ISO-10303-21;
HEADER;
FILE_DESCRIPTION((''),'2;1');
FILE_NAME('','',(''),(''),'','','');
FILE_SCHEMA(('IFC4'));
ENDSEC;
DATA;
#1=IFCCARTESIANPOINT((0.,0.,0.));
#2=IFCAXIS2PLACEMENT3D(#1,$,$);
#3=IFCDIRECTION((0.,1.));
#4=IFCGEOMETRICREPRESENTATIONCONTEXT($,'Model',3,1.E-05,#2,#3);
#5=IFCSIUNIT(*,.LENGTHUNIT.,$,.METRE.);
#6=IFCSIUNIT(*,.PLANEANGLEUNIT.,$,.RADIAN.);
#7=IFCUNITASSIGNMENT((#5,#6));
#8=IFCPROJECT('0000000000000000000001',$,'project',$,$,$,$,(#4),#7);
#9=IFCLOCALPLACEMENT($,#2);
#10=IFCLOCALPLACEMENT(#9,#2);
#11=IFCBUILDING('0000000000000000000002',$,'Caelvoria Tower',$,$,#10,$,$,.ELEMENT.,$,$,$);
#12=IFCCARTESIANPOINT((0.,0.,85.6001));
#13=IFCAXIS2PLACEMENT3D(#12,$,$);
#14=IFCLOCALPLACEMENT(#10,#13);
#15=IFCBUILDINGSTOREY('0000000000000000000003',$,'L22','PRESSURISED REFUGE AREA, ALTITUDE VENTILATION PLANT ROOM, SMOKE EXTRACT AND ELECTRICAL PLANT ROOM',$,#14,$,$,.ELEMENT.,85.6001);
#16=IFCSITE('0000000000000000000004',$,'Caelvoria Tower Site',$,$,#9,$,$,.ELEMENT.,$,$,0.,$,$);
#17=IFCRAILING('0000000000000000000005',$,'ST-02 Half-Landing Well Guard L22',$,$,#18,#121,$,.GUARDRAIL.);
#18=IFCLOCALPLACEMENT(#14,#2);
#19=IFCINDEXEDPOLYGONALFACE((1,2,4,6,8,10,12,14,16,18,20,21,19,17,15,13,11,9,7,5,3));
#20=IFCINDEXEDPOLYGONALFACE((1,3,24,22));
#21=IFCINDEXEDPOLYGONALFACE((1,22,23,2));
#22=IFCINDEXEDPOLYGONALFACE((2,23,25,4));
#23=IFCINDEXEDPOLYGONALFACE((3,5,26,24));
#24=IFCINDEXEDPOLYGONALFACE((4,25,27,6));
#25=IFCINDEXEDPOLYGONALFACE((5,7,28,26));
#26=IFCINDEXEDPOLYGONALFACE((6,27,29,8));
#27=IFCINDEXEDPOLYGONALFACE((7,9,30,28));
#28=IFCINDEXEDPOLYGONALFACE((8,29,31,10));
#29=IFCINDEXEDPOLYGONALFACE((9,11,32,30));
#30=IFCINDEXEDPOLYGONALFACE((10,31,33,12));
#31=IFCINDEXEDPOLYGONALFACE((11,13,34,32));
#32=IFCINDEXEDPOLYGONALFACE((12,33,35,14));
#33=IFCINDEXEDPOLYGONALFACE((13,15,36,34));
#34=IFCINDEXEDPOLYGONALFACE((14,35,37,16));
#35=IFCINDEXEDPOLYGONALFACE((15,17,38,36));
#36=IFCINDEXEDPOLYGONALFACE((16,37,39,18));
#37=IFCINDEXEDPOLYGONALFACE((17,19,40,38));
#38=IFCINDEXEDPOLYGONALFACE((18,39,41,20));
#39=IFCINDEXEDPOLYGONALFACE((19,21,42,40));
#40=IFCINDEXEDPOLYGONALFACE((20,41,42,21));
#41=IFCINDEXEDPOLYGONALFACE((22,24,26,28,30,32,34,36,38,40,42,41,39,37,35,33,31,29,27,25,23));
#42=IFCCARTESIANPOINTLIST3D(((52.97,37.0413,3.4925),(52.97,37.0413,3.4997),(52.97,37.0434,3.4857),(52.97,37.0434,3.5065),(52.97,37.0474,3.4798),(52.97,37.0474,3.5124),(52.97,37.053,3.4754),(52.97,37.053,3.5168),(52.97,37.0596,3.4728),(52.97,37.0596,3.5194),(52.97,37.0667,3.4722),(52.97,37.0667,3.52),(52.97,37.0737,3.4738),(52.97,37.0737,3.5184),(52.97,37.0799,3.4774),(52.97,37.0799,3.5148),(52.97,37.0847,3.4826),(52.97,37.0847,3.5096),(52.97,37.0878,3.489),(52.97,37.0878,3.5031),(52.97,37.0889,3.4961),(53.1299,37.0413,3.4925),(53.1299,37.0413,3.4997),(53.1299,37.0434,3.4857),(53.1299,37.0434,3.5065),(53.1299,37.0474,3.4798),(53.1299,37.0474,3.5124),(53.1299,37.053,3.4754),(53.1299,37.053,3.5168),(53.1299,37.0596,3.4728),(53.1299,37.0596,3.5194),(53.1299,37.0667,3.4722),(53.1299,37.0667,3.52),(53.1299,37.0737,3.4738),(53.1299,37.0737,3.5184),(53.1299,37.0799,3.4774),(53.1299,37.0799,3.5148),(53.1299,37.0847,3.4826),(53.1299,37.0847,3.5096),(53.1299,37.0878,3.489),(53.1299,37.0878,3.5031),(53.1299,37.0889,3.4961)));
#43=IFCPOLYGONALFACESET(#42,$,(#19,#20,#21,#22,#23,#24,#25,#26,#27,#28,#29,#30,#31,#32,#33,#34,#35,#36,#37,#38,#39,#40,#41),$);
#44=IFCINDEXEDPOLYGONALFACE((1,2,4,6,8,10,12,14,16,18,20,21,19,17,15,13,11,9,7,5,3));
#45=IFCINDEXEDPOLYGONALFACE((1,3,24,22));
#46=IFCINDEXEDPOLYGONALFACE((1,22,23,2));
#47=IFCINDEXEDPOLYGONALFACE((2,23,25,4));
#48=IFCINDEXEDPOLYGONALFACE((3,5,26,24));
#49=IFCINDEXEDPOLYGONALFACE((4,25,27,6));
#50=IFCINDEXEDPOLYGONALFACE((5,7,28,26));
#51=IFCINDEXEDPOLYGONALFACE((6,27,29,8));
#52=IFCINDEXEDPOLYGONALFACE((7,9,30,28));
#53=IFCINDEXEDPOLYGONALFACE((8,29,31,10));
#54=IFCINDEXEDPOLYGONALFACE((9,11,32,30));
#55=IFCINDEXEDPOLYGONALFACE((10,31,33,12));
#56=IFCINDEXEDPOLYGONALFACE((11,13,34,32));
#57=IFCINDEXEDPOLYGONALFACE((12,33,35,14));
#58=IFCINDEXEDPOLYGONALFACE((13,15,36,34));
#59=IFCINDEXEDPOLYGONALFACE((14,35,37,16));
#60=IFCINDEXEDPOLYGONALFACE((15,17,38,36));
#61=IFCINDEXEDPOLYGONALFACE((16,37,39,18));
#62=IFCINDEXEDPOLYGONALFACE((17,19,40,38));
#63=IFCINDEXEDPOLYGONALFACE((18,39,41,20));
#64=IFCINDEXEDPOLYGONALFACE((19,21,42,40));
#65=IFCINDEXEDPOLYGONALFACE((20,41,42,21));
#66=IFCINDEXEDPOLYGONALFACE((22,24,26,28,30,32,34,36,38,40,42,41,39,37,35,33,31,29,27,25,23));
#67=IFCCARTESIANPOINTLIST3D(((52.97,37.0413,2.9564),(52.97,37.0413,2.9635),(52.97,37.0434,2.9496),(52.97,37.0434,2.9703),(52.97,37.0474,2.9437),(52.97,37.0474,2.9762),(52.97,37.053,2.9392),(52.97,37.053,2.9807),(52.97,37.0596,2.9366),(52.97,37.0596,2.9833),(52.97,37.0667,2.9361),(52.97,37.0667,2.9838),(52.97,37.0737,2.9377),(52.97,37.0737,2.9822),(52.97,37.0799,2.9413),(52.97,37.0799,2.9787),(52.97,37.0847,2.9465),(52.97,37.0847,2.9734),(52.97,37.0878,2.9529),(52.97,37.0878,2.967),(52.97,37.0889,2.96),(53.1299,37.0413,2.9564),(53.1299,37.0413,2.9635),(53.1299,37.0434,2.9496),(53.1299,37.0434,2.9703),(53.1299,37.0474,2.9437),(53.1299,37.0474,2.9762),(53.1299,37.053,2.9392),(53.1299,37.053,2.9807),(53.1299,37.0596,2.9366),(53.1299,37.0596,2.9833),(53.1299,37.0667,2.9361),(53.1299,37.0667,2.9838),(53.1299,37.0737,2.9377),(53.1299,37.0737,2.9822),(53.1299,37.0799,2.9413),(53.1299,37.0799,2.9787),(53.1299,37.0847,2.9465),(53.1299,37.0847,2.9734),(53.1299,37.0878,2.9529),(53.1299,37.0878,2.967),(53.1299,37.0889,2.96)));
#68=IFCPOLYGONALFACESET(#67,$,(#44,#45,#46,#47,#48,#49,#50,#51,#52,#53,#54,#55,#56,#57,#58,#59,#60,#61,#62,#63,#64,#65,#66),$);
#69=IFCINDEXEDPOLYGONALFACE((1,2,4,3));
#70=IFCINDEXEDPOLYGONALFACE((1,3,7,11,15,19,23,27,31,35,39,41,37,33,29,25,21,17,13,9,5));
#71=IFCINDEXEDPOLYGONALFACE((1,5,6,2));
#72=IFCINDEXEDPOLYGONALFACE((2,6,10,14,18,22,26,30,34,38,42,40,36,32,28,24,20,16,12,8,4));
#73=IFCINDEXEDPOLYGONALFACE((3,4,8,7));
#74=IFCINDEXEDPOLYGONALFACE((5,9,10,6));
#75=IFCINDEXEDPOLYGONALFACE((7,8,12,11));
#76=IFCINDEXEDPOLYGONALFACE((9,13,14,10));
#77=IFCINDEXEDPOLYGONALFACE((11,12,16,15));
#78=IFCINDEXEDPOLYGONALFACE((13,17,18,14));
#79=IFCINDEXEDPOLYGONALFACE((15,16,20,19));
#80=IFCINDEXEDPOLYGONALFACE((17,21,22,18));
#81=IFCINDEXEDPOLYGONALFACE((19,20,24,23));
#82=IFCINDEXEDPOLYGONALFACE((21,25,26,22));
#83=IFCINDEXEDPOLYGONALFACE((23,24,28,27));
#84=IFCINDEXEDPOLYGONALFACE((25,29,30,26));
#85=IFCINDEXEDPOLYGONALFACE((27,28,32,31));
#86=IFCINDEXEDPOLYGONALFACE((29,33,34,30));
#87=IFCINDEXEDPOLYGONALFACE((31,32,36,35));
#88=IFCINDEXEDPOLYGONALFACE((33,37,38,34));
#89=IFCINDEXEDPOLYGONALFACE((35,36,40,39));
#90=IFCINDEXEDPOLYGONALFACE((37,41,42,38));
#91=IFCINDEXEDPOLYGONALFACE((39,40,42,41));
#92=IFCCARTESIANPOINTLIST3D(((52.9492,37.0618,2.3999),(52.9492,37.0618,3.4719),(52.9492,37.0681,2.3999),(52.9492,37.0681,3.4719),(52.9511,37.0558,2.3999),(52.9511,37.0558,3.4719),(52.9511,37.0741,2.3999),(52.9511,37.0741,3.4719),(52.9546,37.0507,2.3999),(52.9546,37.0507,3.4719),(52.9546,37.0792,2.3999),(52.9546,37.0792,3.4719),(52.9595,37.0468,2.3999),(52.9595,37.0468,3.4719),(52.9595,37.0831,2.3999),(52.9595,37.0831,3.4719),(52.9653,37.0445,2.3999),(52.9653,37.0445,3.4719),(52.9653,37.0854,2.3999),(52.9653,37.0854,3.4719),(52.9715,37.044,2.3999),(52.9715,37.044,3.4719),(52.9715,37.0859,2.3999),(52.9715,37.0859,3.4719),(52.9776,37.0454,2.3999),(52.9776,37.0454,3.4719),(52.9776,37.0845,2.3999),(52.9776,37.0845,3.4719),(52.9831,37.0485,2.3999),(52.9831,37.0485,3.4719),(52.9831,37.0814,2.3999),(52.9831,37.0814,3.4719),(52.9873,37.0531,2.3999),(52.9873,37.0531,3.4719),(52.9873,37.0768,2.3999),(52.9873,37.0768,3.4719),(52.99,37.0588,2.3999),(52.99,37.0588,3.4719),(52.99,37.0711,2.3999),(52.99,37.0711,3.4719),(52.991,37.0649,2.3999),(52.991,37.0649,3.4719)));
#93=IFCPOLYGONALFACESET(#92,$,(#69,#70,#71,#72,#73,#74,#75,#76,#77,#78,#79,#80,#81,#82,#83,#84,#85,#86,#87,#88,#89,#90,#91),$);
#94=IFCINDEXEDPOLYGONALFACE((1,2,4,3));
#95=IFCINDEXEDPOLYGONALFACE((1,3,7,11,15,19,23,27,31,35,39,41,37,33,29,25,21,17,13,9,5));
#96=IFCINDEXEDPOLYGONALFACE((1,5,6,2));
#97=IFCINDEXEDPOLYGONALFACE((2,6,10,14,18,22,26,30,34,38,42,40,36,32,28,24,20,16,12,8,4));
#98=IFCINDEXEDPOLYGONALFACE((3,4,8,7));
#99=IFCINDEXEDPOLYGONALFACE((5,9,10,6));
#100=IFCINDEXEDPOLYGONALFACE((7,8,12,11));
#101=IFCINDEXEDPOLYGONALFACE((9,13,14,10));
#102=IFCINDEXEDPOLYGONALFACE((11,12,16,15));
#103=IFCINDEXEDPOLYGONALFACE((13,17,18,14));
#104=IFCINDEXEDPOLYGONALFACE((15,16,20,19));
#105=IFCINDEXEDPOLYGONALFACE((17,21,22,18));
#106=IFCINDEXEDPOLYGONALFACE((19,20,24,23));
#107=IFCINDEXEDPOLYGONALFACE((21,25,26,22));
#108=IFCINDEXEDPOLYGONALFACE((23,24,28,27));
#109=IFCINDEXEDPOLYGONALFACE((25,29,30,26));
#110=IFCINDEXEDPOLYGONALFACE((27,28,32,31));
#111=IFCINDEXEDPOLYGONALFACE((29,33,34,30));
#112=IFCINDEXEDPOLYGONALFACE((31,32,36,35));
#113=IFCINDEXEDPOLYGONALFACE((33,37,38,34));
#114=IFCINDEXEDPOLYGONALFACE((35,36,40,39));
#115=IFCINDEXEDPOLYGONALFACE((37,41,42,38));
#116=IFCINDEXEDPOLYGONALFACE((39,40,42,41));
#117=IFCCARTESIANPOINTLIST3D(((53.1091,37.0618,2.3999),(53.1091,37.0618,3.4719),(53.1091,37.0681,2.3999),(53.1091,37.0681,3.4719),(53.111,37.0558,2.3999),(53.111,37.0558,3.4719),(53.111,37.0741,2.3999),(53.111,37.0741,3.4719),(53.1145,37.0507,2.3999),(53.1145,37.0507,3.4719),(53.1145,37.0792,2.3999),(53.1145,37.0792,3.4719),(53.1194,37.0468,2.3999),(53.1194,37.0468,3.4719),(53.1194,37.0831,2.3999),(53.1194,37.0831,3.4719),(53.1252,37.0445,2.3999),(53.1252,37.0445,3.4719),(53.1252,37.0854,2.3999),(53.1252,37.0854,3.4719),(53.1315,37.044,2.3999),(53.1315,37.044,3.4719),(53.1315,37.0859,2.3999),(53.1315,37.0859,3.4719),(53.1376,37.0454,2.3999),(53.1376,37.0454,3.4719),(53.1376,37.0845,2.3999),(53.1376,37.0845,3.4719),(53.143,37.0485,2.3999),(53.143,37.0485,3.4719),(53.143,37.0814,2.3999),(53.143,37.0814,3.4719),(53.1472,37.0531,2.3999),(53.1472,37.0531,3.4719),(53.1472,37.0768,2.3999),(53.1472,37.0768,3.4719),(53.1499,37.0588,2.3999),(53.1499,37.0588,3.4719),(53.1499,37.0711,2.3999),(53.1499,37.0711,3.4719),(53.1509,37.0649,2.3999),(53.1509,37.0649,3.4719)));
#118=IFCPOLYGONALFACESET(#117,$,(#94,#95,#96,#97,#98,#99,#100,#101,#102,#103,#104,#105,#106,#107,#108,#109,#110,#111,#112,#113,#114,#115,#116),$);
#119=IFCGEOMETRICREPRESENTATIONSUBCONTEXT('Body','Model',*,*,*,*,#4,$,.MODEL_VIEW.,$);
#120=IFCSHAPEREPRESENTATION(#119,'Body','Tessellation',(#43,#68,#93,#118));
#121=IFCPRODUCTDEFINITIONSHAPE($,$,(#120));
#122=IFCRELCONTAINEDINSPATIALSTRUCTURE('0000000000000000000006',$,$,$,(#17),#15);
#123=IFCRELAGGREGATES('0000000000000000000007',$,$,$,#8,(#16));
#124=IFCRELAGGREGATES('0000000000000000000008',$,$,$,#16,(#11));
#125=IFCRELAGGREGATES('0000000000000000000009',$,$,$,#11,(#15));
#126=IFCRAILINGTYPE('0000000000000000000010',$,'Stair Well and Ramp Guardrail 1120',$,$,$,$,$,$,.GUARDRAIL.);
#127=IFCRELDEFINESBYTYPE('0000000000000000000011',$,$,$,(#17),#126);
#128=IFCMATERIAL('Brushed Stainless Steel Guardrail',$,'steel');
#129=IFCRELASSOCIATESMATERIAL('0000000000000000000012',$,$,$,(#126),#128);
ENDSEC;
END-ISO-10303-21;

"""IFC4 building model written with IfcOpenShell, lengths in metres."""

from ifc_helpers import new_model, si_unit, direction, frame, origin, origin_2d, place, context, subcontext, project, spatial, circle, extrude, material, type_object, element, save


model = new_model("IFC4")

# Units and contexts
model_context = context("Model", 3, precision=1e-05, world=origin(), true_north=direction((0.0, 1.0)))
body_context = subcontext(model_context, "Body", "Model", "MODEL_VIEW")
ifc_project = project(units=[si_unit("LENGTHUNIT", "METRE"), si_unit("PLANEANGLEUNIT", "RADIAN")], contexts=[model_context])

# Site, building, storey
site_placement = place(None, origin())
site = spatial("IfcSite", under=ifc_project, at=site_placement, Name="Caelvoria Tower Site", CompositionType="ELEMENT", RefElevation=0.0)
building_placement = place(site_placement, origin())
building = spatial("IfcBuilding", under=site, at=building_placement, Name="Caelvoria Tower", CompositionType="ELEMENT")
storey_placement = place(building_placement, frame((0.0, 0.0, 85.6001)))
storey = spatial("IfcBuildingStorey", under=building, at=storey_placement, Name="L22", Description="PRESSURISED REFUGE AREA, ALTITUDE VENTILATION PLANT ROOM, SMOKE EXTRACT AND ELECTRICAL PLANT ROOM", CompositionType="ELEMENT", Elevation=85.6001)

# Railing
ifc_material_1 = material(Name="Brushed Stainless Steel Guardrail", Category="steel")
railing_type_1 = type_object("IfcRailingType", Name="Stair Well and Ramp Guardrail 1120", PredefinedType="GUARDRAIL", material=ifc_material_1)
railing_1_placement = place(storey_placement, frame((52.97, 37.0649, 2.3999)))
element("IfcRailing", 1, at=railing_1_placement, inside=storey, type_object=railing_type_1, Name="ST-02 Half-Landing Well Guard L22", PredefinedType="GUARDRAIL", context=body_context, shape_type="SweptSolid", body=[
    extrude(circle(Radius=0.0239, at=origin_2d()), frame((0.0, 0.0, 1.0962), z_axis=(1.0, 0.0, 0.0), x_axis=(0.0, 1.0, 0.0)), (0.0, 0.0, 1.0), 0.1599),
    extrude(circle(Radius=0.0239, at=origin_2d()), frame((0.0, 0.0, 0.5601), z_axis=(1.0, 0.0, 0.0), x_axis=(0.0, 1.0, 0.0)), (0.0, 0.0, 1.0), 0.1599),
    extrude(circle(Radius=0.021, at=origin_2d()), origin(), (0.0, 0.0, 1.0), 1.072),
    extrude(circle(Radius=0.021, at=origin_2d()), frame((0.1599, 0.0, 0.0)), (0.0, 0.0, 1.0), 1.072),
])

save(model, "model.ifc")
